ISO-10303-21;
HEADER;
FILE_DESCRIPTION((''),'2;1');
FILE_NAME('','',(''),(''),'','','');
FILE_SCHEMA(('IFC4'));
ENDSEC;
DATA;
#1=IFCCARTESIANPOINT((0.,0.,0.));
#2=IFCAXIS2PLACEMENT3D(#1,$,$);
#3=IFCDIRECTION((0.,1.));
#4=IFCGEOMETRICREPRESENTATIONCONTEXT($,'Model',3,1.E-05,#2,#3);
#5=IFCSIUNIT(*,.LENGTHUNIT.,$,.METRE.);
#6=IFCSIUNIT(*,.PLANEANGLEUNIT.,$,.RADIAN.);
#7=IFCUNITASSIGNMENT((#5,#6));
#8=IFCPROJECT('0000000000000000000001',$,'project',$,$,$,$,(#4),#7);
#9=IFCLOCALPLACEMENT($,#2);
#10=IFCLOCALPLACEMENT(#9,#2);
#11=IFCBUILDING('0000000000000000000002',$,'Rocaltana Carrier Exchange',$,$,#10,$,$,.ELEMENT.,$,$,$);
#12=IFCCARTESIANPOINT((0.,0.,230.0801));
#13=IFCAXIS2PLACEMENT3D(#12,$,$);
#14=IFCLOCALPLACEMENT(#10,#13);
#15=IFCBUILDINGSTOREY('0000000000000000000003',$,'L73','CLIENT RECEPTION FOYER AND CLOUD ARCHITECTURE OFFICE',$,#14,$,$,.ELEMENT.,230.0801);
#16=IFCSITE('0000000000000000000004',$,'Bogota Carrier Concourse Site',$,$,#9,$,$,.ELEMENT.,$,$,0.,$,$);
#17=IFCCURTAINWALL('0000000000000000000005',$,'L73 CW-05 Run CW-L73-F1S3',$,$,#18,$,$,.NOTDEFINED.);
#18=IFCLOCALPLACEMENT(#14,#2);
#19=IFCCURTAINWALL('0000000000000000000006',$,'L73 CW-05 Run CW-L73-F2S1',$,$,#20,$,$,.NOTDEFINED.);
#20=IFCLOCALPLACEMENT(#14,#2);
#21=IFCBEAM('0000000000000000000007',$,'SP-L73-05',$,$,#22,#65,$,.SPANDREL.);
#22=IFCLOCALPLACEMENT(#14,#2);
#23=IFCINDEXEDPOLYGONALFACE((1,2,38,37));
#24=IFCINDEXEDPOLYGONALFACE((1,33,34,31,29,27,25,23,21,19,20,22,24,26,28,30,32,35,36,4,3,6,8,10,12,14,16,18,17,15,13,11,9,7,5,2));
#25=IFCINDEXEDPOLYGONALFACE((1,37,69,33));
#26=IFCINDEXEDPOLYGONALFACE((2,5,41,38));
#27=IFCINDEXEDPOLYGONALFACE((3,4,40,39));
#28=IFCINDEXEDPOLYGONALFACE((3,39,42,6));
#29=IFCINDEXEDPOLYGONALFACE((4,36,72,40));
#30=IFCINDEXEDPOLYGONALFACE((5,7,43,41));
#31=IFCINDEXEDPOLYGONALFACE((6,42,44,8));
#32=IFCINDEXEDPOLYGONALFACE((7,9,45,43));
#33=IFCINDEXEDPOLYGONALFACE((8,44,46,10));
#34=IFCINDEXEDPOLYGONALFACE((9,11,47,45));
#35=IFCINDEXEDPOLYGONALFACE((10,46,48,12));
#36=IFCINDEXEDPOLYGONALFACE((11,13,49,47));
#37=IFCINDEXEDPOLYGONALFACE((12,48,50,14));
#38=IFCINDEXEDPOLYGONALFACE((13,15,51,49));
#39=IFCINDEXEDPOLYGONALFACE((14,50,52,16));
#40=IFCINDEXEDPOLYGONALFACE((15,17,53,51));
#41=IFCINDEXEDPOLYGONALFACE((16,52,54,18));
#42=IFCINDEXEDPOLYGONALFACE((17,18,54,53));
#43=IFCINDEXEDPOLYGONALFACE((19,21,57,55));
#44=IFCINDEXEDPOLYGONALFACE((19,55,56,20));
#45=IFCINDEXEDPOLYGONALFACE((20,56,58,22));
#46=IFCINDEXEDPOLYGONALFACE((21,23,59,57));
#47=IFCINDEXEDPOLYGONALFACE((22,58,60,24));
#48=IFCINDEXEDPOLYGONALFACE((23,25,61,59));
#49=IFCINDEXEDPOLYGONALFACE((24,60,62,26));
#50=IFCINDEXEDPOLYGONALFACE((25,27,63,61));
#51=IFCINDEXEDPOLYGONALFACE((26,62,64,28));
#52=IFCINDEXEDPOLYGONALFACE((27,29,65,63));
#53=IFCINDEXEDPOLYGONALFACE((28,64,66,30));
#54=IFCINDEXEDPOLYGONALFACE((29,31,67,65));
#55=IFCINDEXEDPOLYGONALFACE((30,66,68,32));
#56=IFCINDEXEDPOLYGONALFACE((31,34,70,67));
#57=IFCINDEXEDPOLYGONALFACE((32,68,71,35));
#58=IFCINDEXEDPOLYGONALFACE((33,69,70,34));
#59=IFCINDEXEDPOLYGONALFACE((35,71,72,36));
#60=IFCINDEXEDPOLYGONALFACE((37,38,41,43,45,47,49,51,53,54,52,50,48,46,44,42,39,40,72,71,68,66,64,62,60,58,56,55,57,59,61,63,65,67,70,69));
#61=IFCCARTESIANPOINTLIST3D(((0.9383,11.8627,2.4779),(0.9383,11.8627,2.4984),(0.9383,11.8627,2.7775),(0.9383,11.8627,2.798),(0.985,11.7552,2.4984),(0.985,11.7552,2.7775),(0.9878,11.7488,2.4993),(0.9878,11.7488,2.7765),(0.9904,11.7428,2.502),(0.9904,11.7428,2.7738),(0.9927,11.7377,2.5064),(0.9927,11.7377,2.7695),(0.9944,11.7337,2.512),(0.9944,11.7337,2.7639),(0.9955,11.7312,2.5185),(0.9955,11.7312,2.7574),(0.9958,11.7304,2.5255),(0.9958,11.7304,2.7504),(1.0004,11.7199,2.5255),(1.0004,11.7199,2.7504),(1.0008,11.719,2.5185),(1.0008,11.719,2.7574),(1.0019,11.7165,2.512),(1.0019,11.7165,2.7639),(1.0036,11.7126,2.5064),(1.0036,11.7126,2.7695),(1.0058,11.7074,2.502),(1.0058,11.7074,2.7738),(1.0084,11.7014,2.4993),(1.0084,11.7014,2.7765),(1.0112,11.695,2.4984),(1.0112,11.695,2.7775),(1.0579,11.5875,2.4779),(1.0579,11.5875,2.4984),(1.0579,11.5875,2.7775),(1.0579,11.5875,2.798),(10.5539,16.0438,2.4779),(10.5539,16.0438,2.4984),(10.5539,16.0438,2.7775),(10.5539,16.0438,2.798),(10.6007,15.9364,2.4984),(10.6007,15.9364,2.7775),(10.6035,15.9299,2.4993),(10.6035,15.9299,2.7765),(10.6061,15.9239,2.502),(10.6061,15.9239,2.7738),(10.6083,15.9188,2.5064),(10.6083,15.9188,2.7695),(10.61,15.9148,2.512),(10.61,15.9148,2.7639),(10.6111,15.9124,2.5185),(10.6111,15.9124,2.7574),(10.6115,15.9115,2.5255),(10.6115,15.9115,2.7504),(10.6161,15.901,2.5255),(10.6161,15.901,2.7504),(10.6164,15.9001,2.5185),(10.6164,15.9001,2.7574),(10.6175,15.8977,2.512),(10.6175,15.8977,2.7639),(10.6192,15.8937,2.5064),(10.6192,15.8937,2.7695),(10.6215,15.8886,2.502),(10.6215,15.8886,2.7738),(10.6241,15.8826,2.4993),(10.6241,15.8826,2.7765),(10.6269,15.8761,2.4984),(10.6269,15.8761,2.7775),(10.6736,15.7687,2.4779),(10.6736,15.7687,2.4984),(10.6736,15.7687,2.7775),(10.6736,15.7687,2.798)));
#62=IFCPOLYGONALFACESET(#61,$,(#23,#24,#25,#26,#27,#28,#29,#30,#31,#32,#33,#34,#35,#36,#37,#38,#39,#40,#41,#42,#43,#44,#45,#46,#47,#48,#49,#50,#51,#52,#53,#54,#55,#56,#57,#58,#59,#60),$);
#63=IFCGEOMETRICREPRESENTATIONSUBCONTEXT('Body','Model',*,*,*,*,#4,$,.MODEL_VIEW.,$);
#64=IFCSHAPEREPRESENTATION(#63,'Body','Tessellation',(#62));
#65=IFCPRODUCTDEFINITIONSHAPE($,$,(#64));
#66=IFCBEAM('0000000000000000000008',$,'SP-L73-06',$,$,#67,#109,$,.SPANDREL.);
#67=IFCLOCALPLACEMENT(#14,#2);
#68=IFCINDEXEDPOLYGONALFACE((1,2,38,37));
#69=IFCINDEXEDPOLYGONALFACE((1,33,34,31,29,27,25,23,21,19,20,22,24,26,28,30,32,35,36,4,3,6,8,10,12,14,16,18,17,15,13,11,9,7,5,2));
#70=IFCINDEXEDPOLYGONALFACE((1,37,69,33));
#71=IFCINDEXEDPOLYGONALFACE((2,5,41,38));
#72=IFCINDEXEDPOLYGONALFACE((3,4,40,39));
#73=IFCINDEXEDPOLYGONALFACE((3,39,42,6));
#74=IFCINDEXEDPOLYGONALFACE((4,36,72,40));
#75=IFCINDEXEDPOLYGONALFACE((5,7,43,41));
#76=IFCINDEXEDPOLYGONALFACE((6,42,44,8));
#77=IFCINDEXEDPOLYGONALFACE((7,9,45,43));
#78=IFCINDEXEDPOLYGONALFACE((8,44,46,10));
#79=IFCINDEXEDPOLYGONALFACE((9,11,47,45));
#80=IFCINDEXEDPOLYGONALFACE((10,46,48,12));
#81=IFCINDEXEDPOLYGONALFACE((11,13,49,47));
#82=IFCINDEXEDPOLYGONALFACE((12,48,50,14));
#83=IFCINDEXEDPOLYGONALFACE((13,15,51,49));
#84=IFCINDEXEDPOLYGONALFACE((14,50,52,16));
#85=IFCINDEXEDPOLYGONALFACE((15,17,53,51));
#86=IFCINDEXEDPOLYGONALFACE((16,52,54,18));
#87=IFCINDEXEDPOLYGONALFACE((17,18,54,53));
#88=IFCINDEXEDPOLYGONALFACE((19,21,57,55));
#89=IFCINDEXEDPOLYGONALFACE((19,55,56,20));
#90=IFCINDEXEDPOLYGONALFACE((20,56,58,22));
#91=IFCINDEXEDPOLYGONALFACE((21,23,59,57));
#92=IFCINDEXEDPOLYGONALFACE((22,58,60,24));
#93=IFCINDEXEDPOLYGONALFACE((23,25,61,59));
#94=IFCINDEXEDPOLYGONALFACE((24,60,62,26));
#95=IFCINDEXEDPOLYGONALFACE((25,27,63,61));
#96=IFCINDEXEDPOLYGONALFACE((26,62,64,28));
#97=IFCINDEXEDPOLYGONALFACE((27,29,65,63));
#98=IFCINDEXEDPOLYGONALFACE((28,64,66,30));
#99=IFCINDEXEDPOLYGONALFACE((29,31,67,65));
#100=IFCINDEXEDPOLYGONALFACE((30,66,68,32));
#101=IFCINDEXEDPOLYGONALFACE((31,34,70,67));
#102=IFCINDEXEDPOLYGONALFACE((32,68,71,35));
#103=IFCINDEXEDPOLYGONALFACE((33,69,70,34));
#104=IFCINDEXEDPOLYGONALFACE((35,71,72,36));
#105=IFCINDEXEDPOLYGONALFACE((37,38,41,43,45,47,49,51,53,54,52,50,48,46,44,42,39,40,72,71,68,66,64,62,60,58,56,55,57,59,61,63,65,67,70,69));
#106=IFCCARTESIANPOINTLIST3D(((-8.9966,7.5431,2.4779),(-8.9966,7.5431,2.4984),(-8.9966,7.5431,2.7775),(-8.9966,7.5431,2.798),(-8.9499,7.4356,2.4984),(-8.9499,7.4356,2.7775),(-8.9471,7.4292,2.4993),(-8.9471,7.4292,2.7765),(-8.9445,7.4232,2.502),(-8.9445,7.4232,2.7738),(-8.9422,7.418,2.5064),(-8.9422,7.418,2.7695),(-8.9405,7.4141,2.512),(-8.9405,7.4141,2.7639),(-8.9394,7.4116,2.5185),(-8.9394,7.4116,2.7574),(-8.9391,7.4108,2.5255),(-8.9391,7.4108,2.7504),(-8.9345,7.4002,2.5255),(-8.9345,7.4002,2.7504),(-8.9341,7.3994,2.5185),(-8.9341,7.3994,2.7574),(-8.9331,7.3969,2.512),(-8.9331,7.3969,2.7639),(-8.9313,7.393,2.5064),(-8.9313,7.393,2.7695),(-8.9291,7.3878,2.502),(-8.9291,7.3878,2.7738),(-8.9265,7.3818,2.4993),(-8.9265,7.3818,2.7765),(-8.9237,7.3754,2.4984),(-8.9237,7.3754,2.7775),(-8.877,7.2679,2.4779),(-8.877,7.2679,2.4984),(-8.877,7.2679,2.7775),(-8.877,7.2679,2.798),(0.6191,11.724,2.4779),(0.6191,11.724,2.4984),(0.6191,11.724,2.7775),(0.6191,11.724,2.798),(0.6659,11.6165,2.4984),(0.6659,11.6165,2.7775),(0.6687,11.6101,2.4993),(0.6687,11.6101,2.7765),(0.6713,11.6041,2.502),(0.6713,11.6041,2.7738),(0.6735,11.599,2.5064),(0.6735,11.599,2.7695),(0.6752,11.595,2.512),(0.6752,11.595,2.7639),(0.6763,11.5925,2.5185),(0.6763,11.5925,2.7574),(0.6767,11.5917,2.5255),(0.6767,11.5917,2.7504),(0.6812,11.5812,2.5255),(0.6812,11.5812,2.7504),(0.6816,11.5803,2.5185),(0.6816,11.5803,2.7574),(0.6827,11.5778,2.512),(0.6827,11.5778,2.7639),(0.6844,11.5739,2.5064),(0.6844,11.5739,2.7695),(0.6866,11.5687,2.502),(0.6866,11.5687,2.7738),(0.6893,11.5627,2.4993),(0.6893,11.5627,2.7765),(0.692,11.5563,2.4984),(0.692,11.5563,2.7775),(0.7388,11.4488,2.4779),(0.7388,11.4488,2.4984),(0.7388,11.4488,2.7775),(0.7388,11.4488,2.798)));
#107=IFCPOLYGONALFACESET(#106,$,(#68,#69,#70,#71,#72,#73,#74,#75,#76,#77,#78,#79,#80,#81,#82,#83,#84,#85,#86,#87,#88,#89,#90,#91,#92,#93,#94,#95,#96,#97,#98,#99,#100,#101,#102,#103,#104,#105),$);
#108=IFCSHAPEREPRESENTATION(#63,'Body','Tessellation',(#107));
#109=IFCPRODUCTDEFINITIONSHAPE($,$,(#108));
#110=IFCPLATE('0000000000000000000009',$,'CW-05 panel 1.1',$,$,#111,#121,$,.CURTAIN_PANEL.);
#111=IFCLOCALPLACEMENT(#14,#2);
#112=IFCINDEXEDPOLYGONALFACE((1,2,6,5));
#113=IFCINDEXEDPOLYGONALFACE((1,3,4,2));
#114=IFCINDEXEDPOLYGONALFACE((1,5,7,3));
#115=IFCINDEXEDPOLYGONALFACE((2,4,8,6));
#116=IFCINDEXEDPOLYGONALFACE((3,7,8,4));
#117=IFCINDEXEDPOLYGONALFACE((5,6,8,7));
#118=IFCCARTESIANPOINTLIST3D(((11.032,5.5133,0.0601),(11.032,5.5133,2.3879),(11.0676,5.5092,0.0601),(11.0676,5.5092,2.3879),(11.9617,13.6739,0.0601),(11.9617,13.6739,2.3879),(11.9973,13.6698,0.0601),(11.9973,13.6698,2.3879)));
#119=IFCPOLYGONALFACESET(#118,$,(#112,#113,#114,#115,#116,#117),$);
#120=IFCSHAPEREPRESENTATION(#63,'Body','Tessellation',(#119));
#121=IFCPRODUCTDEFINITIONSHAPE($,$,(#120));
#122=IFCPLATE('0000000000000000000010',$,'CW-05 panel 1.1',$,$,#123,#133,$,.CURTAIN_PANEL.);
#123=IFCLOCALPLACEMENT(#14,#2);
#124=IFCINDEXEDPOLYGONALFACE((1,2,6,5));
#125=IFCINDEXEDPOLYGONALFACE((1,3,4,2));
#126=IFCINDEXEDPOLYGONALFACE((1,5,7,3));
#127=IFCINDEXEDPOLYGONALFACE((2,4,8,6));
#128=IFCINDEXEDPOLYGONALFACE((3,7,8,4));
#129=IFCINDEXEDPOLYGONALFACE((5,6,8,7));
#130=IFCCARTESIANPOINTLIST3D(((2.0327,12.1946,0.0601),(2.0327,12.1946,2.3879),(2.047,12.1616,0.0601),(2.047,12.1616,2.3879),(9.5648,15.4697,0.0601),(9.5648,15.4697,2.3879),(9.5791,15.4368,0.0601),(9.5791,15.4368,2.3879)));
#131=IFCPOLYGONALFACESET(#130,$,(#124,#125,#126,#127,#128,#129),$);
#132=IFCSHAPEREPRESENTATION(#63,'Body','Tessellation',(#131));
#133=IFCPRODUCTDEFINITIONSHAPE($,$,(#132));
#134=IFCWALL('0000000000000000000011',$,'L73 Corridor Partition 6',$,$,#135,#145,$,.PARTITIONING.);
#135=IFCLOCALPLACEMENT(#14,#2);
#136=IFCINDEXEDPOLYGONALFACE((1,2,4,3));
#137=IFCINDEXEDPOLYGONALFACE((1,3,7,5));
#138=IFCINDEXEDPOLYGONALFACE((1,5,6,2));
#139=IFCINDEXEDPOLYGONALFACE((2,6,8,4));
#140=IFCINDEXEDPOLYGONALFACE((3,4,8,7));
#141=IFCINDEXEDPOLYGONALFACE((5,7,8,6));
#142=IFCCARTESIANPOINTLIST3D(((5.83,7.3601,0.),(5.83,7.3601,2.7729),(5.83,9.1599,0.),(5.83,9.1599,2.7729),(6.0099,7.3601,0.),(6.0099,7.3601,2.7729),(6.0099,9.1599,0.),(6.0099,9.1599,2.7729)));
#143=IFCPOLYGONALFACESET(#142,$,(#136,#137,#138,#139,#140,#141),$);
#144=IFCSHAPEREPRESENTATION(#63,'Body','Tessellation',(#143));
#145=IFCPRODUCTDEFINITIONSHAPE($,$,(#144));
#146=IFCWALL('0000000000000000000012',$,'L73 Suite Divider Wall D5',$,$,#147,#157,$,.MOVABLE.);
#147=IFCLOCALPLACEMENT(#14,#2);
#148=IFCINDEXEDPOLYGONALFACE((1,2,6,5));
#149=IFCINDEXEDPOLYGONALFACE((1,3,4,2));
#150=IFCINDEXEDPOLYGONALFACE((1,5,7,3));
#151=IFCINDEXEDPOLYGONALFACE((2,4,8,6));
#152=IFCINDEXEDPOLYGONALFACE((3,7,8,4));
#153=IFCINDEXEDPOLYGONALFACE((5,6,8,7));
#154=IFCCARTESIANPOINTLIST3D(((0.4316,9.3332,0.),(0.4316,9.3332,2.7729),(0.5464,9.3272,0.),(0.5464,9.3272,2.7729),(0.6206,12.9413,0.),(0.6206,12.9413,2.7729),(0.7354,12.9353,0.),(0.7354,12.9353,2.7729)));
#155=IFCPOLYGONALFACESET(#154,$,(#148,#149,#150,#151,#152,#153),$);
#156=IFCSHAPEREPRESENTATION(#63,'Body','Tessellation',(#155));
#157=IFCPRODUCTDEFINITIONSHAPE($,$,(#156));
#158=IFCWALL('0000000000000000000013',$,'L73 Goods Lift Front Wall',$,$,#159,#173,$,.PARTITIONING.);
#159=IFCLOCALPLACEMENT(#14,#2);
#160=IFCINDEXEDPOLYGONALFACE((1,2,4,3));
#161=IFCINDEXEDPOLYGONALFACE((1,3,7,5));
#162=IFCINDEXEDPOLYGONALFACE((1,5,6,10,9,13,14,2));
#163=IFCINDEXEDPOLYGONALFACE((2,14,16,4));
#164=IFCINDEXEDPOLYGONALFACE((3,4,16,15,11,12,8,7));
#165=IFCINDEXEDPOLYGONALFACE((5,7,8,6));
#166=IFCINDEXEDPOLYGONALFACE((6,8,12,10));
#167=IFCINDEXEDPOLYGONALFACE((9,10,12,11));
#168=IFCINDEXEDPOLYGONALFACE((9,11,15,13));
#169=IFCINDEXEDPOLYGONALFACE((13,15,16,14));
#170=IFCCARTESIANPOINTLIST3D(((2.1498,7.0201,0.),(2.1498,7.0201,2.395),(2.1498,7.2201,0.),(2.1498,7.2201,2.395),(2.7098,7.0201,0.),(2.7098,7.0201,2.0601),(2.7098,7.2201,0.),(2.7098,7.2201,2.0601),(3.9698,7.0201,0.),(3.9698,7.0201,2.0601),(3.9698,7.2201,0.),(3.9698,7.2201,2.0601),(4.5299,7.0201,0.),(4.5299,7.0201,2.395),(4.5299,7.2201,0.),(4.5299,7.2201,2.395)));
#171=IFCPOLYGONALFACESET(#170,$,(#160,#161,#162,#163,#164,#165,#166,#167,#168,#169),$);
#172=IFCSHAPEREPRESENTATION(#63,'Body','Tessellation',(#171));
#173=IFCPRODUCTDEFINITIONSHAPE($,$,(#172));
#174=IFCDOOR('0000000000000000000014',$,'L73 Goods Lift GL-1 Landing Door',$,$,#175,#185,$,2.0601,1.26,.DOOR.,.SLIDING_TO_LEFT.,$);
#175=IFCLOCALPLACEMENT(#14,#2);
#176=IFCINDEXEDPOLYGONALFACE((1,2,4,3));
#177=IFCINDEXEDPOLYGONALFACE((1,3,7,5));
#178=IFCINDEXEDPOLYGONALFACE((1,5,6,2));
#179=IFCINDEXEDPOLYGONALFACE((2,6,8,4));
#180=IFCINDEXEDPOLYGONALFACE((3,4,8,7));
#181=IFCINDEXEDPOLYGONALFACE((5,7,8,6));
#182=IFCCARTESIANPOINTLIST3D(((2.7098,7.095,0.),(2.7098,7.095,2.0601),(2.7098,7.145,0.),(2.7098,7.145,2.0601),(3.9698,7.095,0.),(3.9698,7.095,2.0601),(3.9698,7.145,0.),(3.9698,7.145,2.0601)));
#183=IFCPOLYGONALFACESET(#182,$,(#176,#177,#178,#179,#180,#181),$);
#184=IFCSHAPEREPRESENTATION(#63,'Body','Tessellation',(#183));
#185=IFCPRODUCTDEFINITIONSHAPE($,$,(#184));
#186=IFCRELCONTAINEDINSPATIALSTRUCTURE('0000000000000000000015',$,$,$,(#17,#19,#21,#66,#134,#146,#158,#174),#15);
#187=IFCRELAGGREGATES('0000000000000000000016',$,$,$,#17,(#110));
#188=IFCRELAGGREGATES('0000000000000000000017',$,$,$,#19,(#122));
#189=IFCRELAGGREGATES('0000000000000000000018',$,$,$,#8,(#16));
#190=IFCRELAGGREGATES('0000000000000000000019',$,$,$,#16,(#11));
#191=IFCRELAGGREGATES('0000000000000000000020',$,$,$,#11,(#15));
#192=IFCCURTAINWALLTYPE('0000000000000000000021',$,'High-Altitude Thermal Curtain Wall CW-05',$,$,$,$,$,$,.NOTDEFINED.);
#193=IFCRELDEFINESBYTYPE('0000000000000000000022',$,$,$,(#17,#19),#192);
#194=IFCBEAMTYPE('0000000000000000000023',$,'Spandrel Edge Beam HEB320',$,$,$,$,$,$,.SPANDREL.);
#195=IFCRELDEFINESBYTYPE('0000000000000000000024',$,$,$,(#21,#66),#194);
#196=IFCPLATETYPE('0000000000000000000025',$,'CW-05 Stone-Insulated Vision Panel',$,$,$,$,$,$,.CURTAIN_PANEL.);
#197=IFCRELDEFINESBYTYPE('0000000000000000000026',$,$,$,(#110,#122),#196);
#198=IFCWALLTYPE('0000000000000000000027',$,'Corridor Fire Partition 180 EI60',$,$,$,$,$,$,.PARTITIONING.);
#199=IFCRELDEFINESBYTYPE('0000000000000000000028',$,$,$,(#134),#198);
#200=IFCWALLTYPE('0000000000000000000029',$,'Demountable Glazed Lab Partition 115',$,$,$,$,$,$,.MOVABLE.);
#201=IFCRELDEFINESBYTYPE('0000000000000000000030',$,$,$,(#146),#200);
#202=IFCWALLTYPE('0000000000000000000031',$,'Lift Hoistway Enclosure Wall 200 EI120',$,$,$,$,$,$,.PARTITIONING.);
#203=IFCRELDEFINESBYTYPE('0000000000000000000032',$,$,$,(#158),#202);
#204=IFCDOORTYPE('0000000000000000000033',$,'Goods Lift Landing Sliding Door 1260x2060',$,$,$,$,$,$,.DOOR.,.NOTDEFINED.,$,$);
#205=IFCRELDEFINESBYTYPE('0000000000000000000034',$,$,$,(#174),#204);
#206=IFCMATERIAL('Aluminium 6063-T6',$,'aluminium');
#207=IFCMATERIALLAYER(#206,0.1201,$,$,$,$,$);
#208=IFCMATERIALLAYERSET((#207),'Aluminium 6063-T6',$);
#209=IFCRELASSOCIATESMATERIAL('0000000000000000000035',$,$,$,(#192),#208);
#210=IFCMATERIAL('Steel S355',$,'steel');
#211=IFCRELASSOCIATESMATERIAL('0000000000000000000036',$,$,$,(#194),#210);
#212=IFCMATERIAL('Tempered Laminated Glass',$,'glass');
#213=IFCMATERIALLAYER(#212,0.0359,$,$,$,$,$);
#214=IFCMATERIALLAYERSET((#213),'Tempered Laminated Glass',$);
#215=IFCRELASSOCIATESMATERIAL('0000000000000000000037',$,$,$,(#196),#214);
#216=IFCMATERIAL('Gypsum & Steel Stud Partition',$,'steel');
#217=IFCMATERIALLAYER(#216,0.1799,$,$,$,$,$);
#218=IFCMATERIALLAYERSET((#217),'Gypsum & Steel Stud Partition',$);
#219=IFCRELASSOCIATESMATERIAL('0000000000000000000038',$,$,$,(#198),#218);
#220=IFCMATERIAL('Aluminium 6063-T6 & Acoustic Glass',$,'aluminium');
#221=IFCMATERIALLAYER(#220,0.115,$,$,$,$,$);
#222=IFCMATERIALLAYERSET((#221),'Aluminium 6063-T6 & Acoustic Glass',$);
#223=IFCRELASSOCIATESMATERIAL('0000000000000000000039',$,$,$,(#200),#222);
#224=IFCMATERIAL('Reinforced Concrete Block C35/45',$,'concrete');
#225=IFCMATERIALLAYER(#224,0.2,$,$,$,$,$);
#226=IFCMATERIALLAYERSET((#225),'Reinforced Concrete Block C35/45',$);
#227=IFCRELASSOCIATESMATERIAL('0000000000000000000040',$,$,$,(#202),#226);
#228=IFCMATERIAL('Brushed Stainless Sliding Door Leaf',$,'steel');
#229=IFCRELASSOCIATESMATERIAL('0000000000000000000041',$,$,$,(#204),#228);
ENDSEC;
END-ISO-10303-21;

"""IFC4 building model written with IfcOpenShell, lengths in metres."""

from ifc_helpers import new_model, si_unit, direction, frame, frame_2d, origin, origin_2d, place, context, subcontext, project, spatial, rectangle, i_section, extrude, material, layer, layer_set, material_profile, profile_set, type_object, element, fill, aggregate, save


model = new_model("IFC4")

# Units and contexts
model_context = context("Model", 3, precision=1e-05, world=origin(), true_north=direction((0.0, 1.0)))
body_context = subcontext(model_context, "Body", "Model", "MODEL_VIEW")
ifc_project = project(units=[si_unit("LENGTHUNIT", "METRE"), si_unit("PLANEANGLEUNIT", "RADIAN")], contexts=[model_context])

# Site, building, storey
site_placement = place(None, origin())
site = spatial("IfcSite", under=ifc_project, at=site_placement, Name="Bogota Carrier Concourse Site", CompositionType="ELEMENT", RefElevation=0.0)
building_placement = place(site_placement, origin())
building = spatial("IfcBuilding", under=site, at=building_placement, Name="Rocaltana Carrier Exchange", CompositionType="ELEMENT")
storey_placement = place(building_placement, frame((0.0, 0.0, 230.0801)))
storey = spatial("IfcBuildingStorey", under=building, at=storey_placement, Name="L73", Description="CLIENT RECEPTION FOYER AND CLOUD ARCHITECTURE OFFICE", CompositionType="ELEMENT", Elevation=230.0801)

# Curtain wall
ifc_material_1 = material(Name="Aluminium 6063-T6", Category="aluminium")
ifc_layer_1 = layer(ifc_material_1, 0.1201)
ifc_layer_set_1 = layer_set([ifc_layer_1], Name="Aluminium 6063-T6")
curtain_wall_type = type_object("IfcCurtainWallType", Name="High-Altitude Thermal Curtain Wall CW-05", PredefinedType="NOTDEFINED", material=ifc_layer_set_1)
curtain_wall_1_placement = place(storey_placement, origin())
curtain_wall_1 = element("IfcCurtainWall", 1, at=curtain_wall_1_placement, inside=storey, type_object=curtain_wall_type, Name="L73 CW-05 Run CW-L73-F1S3", PredefinedType="NOTDEFINED")

# Curtain wall
curtain_wall_2_placement = place(storey_placement, origin())
curtain_wall_2 = element("IfcCurtainWall", 2, at=curtain_wall_2_placement, inside=storey, type_object=curtain_wall_type, Name="L73 CW-05 Run CW-L73-F2S1", PredefinedType="NOTDEFINED")

# Beams
ifc_material_2 = material(Name="Steel S355", Category="steel")
ifc_material_profile_1 = material_profile(ifc_material_2, i_section(OverallWidth=0.3, OverallDepth=0.3201, WebThickness=0.0115, FlangeThickness=0.0205, FilletRadius=0.0271, at=origin_2d()), Name="HEB320")
ifc_profile_set_1 = profile_set([ifc_material_profile_1], Name="Steel S355")
beam_type_1 = type_object("IfcBeamType", Name="Spandrel Edge Beam HEB320", PredefinedType="SPANDREL", material=ifc_profile_set_1)
for number, where, z_axis, x_axis, name in (
    (3, (10.6138, 15.9062, 2.6379), (-0.917056, -0.398758, 0.0), (0.398758, -0.917056, 0.0), "SP-L73-05"),
    (4, (0.679, 11.5864, 2.6379), (-0.917065, -0.398739, 0.0), (0.398739, -0.917065, 0.0), "SP-L73-06"),
):
    element("IfcBeam", number, at=place(storey_placement, frame(where, z_axis=z_axis, x_axis=x_axis)), inside=storey, type_object=beam_type_1, Name=name, PredefinedType="SPANDREL", context=body_context, shape_type="SweptSolid", body=[
        extrude(i_section(OverallWidth=0.3, OverallDepth=0.3201, WebThickness=0.0115, FlangeThickness=0.0205, FilletRadius=0.0271, at=origin_2d()), origin(), (0.0, 0.0, 1.0), 10.4854),
    ])

# Plates
ifc_material_3 = material(Name="Tempered Laminated Glass", Category="glass")
ifc_layer_2 = layer(ifc_material_3, 0.0359)
ifc_layer_set_2 = layer_set([ifc_layer_2], Name="Tempered Laminated Glass")
plate_type = type_object("IfcPlateType", Name="CW-05 Stone-Insulated Vision Panel", PredefinedType="CURTAIN_PANEL", material=ifc_layer_set_2)
plate_1_placement = place(storey_placement, frame((11.5146, 9.5916, 0.0601), z_axis=(0.0, 0.0, 1.0), x_axis=(0.113197, 0.993573, 0.0)))
plate_1 = element("IfcPlate", 5, at=plate_1_placement, type_object=plate_type, Name="CW-05 panel 1.1", PredefinedType="CURTAIN_PANEL", context=body_context, shape_type="SweptSolid", body=[
    extrude(rectangle(XDim=8.2134, YDim=0.0359, at=origin_2d()), origin(), (0.0, 0.0, 1.0), 2.3279),
])
aggregate(curtain_wall_1, [plate_1])
plate_2_placement = place(storey_placement, frame((5.8059, 13.8157, 0.0601), z_axis=(0.0, 0.0, 1.0), x_axis=(-0.917057, -0.398757, 0.0)))
plate_2 = element("IfcPlate", 6, at=plate_2_placement, type_object=plate_type, Name="CW-05 panel 1.1", PredefinedType="CURTAIN_PANEL", context=body_context, shape_type="SweptSolid", body=[
    extrude(rectangle(XDim=8.2134, YDim=0.0359, at=origin_2d()), origin(), (0.0, 0.0, 1.0), 2.3279),
])
aggregate(curtain_wall_2, [plate_2])

# Walls
ifc_material_4 = material(Name="Gypsum & Steel Stud Partition", Category="steel")
ifc_layer_3 = layer(ifc_material_4, 0.1799)
ifc_layer_set_3 = layer_set([ifc_layer_3], Name="Gypsum & Steel Stud Partition")
wall_type_1 = type_object("IfcWallType", Name="Corridor Fire Partition 180 EI60", PredefinedType="PARTITIONING", material=ifc_layer_set_3)
wall_1_placement = place(storey_placement, frame((5.9199, 9.1599, 0.0), z_axis=(0.0, 0.0, 1.0), x_axis=(0.0, -1.0, 0.0)))
element("IfcWall", 7, at=wall_1_placement, inside=storey, type_object=wall_type_1, Name="L73 Corridor Partition 6", PredefinedType="PARTITIONING", context=body_context, shape_type="SweptSolid", body=[
    extrude(rectangle(XDim=1.7998, YDim=0.1799, at=frame_2d((0.8999, 0.0))), origin(), (0.0, 0.0, 1.0), 2.7729),
])
ifc_material_5 = material(Name="Aluminium 6063-T6 & Acoustic Glass", Category="aluminium")
ifc_layer_4 = layer(ifc_material_5, 0.115)
ifc_layer_set_4 = layer_set([ifc_layer_4], Name="Aluminium 6063-T6 & Acoustic Glass")
wall_type_2 = type_object("IfcWallType", Name="Demountable Glazed Lab Partition 115", PredefinedType="MOVABLE", material=ifc_layer_set_4)
wall_2_placement = place(storey_placement, frame((0.489, 9.3301, 0.0), z_axis=(0.0, 0.0, 1.0), x_axis=(0.0523, 0.998631, 0.0)))
element("IfcWall", 8, at=wall_2_placement, inside=storey, type_object=wall_type_2, Name="L73 Suite Divider Wall D5", PredefinedType="MOVABLE", context=body_context, shape_type="SweptSolid", body=[
    extrude(rectangle(XDim=3.613, YDim=0.115, at=frame_2d((1.8066, 0.0))), origin(), (0.0, 0.0, 1.0), 2.7729),
])

# Wall, opening, door
ifc_material_6 = material(Name="Reinforced Concrete Block C35/45", Category="concrete")
ifc_layer_5 = layer(ifc_material_6, 0.2)
ifc_layer_set_5 = layer_set([ifc_layer_5], Name="Reinforced Concrete Block C35/45")
wall_type_3 = type_object("IfcWallType", Name="Lift Hoistway Enclosure Wall 200 EI120", PredefinedType="PARTITIONING", material=ifc_layer_set_5)
wall_3_placement = place(storey_placement, frame((2.1499, 7.1201, 0.0), z_axis=(0.0, 0.0, 1.0), x_axis=(1.0, 0.0, 0.0)))
wall_3 = element("IfcWall", 9, at=wall_3_placement, inside=storey, type_object=wall_type_3, Name="L73 Goods Lift Front Wall", PredefinedType="PARTITIONING", context=body_context, shape_type="SweptSolid", body=[
    extrude(rectangle(XDim=2.3801, YDim=0.2, at=frame_2d((1.1899, 0.0))), origin(), (0.0, 0.0, 1.0), 2.395),
])
opening_1_placement = place(wall_3_placement, frame((0.5601, 0.0, 0.0)))
opening_1 = element("IfcOpeningElement", 10, at=opening_1_placement, cuts=wall_3, PredefinedType="OPENING", context=body_context, shape_type="SweptSolid", body=[
    extrude(rectangle(XDim=1.26, YDim=2.0601, at=frame_2d((0.6299, 1.03))), frame((0.0, 0.1099, 0.0), z_axis=(0.0, -1.0, 0.0), x_axis=(1.0, 0.0, 0.0)), (0.0, 0.0, 1.0), 0.22),
])
ifc_material_7 = material(Name="Brushed Stainless Sliding Door Leaf", Category="steel")
door_type_1 = type_object("IfcDoorType", Name="Goods Lift Landing Sliding Door 1260x2060", OperationType="NOTDEFINED", PredefinedType="DOOR", material=ifc_material_7)
door_1_placement = place(opening_1_placement, origin())
door_1 = element("IfcDoor", 11, at=door_1_placement, inside=storey, type_object=door_type_1, Name="L73 Goods Lift GL-1 Landing Door", OperationType="SLIDING_TO_LEFT", OverallHeight=2.0601, OverallWidth=1.26, PredefinedType="DOOR", context=body_context, shape_type="SweptSolid", body=[
    extrude(rectangle(XDim=1.26, YDim=2.0601, at=frame_2d((0.6299, 1.03))), frame((0.0, 0.0249, 0.0), z_axis=(0.0, -1.0, 0.0), x_axis=(1.0, 0.0, 0.0)), (0.0, 0.0, 1.0), 0.05),
])
fill(opening_1, door_1)

save(model, "model.ifc")
